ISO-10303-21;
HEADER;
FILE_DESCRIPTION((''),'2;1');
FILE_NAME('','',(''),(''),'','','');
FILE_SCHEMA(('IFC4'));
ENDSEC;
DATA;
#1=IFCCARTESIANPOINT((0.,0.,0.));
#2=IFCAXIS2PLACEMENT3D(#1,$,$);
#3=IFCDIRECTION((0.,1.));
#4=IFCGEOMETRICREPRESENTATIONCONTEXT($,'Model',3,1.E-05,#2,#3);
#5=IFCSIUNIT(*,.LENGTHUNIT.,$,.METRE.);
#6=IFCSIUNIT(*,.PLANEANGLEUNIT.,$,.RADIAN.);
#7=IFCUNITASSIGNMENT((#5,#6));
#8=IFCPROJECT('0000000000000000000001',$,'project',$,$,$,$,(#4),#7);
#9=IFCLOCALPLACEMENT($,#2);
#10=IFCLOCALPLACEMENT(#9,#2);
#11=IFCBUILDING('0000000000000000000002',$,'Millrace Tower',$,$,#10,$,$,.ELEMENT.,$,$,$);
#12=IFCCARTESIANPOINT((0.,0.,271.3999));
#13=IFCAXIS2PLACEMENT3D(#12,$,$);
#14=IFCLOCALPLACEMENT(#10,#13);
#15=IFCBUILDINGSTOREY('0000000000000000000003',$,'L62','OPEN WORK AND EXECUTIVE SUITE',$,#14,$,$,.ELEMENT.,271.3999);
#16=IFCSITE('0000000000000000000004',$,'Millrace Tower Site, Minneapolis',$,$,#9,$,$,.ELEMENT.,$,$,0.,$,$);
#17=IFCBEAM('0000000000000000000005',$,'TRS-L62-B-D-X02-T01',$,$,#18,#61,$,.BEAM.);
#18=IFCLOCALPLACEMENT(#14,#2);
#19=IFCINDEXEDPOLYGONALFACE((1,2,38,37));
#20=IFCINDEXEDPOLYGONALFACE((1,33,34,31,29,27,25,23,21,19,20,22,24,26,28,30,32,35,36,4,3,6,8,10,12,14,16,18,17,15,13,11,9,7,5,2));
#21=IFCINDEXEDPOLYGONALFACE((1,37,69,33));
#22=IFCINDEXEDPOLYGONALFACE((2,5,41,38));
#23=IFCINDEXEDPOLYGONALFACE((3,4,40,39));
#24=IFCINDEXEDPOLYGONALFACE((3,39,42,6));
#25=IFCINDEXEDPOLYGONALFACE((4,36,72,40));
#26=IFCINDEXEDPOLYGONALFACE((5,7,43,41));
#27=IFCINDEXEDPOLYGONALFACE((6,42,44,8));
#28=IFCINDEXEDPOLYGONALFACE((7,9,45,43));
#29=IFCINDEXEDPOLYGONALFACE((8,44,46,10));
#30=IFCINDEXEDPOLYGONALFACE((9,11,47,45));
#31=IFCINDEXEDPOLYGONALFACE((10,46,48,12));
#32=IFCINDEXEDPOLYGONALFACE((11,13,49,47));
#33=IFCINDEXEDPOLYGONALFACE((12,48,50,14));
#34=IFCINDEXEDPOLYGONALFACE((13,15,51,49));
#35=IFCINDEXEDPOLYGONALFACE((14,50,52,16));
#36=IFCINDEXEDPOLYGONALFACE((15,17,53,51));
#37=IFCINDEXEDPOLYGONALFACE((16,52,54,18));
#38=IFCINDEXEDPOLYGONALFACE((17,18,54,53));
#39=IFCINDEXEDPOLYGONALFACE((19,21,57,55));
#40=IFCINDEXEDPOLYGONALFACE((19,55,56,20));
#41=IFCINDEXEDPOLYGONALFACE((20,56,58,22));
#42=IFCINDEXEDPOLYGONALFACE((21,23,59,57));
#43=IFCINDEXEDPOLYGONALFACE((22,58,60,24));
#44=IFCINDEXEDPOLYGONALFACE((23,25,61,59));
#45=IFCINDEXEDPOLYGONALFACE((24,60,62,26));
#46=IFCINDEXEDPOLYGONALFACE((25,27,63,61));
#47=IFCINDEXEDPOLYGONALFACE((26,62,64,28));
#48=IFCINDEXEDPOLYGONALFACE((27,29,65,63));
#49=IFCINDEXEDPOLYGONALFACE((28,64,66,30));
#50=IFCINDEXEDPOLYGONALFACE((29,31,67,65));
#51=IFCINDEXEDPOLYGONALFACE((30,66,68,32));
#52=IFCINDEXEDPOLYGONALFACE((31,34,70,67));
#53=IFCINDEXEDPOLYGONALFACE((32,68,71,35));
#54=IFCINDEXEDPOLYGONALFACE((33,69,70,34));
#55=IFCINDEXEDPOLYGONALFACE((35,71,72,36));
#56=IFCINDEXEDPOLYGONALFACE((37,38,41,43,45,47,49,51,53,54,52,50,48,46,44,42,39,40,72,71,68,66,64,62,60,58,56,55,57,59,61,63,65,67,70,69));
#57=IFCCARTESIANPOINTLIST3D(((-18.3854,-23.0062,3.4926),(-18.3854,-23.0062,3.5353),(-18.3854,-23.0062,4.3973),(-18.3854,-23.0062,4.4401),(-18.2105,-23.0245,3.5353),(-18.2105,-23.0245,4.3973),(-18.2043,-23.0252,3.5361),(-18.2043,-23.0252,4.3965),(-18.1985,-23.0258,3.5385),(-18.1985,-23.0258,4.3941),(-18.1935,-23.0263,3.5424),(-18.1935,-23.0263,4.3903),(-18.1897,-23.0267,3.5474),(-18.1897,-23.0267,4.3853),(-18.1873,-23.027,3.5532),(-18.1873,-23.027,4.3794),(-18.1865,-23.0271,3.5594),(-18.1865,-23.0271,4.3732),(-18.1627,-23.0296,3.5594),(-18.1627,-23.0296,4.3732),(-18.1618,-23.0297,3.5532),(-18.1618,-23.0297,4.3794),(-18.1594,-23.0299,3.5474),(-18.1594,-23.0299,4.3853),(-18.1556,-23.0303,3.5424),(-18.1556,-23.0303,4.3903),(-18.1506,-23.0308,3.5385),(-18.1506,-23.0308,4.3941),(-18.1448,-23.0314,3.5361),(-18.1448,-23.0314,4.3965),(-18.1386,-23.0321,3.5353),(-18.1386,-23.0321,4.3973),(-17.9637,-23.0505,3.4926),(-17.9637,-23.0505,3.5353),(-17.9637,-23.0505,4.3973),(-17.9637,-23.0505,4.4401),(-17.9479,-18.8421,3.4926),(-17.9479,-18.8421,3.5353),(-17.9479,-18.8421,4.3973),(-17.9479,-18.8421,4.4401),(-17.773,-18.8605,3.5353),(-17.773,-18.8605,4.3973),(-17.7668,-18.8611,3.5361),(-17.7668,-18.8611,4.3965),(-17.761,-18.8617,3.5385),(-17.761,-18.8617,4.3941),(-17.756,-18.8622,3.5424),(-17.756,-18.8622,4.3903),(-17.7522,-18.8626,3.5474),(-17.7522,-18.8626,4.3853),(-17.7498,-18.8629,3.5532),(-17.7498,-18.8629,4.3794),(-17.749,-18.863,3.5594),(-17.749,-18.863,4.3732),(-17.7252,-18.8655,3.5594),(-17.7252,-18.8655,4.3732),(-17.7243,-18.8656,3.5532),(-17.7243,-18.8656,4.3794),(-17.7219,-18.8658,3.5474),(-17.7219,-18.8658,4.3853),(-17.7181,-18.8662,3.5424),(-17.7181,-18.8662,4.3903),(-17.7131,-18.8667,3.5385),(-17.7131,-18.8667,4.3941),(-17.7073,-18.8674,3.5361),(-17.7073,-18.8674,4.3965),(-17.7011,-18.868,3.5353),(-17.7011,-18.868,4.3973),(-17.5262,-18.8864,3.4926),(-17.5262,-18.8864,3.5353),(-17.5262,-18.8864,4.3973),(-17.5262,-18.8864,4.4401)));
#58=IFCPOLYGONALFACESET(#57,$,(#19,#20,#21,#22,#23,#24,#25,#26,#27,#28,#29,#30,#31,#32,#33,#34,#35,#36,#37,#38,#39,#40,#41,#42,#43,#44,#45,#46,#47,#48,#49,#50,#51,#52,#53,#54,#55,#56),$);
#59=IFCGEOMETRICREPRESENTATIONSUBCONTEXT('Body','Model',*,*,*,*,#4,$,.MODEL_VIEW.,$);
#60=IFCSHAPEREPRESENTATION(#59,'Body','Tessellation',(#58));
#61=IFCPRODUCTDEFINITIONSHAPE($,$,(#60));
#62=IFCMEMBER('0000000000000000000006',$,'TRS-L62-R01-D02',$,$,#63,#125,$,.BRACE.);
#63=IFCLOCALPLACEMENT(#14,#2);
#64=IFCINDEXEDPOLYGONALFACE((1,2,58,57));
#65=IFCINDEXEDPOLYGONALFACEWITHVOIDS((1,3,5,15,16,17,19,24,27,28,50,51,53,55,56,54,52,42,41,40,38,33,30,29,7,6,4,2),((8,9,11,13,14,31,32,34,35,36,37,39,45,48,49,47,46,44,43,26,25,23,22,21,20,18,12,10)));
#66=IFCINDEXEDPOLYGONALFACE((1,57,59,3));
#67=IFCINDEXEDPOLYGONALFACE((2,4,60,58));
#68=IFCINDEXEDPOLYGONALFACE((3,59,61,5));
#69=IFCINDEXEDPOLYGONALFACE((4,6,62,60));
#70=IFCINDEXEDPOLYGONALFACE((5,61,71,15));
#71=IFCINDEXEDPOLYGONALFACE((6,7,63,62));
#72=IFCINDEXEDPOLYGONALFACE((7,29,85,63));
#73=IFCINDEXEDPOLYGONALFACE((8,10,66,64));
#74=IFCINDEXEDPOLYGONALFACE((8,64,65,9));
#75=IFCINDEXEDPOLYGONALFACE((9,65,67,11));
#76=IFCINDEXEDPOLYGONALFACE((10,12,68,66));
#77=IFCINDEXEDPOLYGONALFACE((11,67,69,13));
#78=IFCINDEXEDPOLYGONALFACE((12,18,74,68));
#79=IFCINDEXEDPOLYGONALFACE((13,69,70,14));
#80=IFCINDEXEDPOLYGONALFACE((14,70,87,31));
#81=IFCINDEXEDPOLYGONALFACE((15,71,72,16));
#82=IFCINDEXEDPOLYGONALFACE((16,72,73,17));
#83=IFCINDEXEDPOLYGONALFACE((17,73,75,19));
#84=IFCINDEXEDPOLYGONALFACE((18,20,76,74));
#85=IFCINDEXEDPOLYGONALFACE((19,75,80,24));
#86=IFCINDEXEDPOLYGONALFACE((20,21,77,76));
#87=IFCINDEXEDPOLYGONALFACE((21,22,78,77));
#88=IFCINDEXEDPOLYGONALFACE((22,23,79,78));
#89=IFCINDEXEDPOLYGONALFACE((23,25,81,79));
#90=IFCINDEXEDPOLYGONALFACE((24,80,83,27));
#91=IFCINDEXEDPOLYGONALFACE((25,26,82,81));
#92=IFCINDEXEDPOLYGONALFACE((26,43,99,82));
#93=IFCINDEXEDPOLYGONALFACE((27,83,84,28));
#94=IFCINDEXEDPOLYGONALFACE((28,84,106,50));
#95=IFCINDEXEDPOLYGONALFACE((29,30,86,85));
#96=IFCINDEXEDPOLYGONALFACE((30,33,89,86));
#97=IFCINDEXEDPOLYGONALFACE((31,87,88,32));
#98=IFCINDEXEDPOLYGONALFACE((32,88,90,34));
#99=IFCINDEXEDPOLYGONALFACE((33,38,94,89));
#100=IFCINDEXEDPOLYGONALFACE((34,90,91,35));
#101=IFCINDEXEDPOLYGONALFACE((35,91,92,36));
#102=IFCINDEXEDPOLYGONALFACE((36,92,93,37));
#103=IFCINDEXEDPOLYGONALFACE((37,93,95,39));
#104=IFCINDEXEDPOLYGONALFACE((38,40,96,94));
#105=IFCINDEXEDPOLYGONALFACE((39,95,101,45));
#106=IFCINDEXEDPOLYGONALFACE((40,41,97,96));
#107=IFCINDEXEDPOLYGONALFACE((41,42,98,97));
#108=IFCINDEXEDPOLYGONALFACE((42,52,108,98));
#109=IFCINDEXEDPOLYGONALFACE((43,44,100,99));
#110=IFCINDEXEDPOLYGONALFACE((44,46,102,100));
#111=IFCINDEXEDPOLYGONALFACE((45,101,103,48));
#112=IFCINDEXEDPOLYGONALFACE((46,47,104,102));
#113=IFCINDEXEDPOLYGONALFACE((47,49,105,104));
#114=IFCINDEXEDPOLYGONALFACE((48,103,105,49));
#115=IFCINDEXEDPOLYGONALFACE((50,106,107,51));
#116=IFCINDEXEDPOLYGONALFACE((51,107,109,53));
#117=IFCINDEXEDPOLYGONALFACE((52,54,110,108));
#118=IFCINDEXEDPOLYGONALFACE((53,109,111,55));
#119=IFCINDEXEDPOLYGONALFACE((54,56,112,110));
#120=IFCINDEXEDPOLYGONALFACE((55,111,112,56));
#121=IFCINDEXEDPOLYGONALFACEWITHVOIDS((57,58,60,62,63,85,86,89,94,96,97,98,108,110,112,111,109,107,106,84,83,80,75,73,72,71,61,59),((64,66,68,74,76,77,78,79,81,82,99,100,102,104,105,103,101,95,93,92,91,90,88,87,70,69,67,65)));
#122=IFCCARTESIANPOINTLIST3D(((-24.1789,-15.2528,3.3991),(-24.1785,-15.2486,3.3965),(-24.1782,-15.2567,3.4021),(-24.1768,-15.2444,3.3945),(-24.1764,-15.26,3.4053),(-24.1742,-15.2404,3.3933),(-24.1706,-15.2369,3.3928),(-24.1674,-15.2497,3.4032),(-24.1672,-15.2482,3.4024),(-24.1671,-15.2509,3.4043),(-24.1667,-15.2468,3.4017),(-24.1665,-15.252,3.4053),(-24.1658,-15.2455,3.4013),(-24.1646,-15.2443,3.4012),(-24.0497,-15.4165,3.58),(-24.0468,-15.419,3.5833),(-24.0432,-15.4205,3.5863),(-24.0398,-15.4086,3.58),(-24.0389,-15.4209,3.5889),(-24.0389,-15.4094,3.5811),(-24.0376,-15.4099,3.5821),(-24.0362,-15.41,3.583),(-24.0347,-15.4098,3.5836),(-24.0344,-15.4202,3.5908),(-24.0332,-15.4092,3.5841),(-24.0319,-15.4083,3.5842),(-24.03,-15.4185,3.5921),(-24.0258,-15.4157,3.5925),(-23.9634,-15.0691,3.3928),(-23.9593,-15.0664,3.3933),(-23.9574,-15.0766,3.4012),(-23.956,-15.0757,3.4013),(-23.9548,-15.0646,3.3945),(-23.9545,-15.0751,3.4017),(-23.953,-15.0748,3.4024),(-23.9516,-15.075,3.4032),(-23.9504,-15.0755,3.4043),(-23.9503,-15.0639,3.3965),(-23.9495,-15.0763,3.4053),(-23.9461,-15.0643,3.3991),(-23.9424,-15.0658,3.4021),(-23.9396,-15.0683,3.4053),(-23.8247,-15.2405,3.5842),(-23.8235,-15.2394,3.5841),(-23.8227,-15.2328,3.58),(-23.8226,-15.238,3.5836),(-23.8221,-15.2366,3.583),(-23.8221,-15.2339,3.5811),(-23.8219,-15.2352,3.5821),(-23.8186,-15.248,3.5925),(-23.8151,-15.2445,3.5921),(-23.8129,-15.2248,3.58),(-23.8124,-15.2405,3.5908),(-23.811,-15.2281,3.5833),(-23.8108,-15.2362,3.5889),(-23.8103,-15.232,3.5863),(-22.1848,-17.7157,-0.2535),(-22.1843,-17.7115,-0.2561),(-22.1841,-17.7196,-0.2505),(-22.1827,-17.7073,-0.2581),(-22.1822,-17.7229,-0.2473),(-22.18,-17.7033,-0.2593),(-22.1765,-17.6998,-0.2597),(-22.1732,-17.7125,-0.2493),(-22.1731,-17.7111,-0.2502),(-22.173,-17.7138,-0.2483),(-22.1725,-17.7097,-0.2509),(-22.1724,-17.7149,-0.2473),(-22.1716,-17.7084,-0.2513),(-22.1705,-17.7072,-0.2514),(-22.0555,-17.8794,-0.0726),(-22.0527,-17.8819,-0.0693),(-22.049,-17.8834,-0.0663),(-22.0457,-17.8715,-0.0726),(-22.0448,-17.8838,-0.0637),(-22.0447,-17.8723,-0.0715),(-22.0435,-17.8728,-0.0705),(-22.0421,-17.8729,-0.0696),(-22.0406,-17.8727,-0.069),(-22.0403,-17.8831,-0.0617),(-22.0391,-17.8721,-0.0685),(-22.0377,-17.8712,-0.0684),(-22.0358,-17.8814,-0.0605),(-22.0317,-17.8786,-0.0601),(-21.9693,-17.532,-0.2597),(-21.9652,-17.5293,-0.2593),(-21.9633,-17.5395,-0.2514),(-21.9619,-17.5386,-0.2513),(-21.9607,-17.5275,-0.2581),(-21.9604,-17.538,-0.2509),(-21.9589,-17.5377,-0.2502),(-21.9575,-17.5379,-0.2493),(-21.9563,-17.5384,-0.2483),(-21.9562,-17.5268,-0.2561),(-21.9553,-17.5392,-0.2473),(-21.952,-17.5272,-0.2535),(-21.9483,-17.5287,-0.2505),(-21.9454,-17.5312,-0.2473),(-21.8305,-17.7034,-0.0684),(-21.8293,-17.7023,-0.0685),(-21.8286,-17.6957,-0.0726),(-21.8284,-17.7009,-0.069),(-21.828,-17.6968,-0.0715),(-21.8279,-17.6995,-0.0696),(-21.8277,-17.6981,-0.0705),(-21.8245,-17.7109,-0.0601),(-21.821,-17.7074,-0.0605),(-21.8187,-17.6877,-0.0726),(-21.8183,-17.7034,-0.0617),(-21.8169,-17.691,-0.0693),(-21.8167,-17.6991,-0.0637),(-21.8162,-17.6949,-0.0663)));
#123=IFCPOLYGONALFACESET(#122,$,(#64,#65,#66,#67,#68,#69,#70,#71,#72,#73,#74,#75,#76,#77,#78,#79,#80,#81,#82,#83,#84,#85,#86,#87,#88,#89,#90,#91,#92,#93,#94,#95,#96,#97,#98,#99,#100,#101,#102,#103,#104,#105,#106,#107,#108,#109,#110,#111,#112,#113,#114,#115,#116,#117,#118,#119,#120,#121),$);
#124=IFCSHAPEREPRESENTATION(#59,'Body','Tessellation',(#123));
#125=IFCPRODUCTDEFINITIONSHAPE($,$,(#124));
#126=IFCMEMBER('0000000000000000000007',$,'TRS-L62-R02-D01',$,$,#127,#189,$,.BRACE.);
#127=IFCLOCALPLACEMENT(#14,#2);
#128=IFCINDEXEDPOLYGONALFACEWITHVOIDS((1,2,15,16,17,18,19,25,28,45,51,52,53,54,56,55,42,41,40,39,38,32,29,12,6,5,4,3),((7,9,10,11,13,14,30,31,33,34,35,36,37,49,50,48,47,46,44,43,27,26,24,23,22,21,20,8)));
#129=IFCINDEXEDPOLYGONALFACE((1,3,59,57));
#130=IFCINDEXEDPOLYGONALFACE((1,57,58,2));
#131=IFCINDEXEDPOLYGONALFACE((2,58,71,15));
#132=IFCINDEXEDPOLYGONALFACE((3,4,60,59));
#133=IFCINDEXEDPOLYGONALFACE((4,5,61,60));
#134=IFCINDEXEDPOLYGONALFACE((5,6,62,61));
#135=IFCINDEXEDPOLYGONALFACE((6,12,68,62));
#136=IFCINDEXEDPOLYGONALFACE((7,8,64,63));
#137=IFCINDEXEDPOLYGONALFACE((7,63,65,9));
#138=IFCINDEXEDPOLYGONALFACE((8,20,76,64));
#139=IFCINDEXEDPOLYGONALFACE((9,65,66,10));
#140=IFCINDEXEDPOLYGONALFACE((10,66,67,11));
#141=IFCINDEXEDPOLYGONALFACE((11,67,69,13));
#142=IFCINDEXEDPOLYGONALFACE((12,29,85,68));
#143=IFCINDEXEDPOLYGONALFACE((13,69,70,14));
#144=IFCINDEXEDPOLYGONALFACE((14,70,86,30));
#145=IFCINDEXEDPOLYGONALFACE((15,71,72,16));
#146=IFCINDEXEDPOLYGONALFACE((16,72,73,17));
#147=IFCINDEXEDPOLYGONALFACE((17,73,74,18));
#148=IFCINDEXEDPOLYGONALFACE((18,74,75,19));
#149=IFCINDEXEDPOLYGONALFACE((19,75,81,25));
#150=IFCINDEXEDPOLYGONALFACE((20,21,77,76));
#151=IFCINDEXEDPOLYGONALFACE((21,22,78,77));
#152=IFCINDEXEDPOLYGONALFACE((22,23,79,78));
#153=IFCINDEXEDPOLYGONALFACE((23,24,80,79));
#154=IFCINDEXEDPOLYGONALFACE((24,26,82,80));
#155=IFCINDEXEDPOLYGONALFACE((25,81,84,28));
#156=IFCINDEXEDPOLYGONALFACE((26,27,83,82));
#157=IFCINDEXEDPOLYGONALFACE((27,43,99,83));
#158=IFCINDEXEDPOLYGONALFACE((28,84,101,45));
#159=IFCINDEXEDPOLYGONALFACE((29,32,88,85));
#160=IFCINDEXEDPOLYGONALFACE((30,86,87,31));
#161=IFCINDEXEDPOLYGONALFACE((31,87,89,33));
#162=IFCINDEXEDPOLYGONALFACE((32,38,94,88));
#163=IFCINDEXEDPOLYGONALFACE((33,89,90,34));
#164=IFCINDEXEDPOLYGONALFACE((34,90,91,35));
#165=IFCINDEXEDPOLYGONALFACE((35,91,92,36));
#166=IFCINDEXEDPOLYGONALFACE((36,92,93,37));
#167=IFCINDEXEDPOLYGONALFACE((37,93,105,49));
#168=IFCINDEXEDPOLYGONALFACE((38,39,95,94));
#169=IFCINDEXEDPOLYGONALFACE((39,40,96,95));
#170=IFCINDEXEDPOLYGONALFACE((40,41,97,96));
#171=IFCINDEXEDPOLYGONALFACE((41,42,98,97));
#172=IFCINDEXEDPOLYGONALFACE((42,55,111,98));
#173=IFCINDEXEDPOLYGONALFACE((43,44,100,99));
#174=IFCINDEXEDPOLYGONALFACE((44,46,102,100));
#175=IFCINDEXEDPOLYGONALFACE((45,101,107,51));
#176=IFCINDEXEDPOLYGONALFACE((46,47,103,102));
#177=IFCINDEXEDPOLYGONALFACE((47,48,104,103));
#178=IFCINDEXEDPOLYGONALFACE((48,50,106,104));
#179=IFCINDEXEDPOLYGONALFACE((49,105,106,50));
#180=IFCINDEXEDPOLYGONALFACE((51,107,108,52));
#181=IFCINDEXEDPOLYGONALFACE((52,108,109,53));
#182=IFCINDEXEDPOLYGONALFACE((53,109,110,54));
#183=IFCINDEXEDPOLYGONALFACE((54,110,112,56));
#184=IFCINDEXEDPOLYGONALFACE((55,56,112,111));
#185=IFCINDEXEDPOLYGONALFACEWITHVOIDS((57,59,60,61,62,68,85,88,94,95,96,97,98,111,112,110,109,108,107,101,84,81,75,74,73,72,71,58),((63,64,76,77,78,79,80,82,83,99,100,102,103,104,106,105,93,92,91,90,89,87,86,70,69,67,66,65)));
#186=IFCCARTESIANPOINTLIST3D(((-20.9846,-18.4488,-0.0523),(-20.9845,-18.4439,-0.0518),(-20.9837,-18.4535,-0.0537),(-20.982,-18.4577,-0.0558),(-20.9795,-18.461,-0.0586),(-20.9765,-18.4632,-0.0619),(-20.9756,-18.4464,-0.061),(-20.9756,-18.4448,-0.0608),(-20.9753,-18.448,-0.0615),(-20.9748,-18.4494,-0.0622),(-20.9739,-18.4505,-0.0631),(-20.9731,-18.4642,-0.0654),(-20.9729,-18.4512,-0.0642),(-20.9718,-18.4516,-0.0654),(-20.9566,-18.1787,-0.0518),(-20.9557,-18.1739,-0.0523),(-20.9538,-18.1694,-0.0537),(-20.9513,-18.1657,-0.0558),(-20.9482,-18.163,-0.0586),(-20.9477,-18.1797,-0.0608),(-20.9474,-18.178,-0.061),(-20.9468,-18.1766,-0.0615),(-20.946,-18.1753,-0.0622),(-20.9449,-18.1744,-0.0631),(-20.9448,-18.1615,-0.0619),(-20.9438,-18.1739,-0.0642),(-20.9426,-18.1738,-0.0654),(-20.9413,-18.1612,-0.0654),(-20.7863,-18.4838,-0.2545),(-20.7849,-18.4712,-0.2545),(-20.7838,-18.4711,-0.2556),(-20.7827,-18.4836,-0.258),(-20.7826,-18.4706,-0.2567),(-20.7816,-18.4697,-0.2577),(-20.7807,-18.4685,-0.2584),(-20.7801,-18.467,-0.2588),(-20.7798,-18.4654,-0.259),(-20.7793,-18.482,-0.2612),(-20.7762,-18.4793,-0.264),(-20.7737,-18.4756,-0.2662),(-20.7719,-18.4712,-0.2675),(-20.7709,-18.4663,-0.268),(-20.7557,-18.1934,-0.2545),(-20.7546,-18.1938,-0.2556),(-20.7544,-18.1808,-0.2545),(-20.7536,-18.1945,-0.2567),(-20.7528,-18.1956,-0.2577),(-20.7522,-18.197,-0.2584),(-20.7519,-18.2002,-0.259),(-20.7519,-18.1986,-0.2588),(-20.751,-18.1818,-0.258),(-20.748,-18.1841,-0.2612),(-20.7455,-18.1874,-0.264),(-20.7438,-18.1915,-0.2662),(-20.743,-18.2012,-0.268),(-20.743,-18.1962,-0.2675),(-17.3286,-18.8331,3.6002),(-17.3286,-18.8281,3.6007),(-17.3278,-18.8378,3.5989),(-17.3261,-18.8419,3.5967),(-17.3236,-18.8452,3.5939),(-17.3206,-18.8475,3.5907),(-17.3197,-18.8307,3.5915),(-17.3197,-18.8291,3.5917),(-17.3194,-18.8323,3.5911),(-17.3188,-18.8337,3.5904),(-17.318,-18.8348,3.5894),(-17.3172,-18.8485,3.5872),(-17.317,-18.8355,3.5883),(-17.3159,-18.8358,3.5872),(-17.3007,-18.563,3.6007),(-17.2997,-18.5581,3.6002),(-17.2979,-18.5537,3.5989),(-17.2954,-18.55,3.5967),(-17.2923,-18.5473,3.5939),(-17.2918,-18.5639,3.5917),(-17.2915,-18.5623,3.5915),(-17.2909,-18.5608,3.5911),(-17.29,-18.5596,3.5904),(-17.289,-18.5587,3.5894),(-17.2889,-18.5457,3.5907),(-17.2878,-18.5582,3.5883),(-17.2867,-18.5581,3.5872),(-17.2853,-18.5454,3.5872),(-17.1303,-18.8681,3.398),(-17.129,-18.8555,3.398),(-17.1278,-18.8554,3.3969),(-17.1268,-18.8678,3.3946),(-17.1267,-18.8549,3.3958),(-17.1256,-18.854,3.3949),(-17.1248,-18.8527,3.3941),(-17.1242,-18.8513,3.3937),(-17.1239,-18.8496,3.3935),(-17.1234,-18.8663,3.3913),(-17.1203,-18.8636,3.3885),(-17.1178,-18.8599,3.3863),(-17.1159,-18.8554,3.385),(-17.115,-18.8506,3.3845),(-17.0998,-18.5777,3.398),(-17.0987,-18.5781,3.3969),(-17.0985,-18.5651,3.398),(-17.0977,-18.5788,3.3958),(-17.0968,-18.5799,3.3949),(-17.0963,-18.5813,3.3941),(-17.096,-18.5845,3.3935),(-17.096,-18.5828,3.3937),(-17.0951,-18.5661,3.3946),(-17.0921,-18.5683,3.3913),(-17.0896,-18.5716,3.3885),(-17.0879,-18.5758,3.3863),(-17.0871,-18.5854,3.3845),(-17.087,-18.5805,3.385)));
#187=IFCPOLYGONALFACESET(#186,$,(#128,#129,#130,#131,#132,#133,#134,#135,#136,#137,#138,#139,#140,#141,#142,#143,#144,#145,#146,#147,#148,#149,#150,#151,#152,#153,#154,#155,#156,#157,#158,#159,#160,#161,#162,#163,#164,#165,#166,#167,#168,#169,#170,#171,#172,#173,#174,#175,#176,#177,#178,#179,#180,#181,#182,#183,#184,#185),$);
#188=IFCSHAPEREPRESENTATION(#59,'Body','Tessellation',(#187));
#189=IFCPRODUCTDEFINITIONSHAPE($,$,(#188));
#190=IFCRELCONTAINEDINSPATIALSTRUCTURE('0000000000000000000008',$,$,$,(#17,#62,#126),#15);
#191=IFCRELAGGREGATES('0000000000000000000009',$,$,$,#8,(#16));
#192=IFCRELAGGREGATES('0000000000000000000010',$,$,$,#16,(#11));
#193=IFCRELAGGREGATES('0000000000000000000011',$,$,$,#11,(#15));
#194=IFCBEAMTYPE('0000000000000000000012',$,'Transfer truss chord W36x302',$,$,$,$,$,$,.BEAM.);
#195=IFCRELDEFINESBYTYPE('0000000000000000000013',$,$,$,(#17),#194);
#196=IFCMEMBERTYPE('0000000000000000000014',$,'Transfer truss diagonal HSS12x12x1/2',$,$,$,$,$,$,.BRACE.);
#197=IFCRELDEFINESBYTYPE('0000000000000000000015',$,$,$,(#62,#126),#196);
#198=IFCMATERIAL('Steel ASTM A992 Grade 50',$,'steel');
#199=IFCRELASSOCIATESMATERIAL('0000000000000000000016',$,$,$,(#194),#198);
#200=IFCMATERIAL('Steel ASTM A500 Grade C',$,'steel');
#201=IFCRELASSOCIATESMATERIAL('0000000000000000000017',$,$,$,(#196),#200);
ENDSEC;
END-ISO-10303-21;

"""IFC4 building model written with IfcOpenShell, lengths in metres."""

from ifc_helpers import new_model, si_unit, direction, frame, origin, origin_2d, place, context, subcontext, project, spatial, hollow_rectangle, i_section, extrude, material, material_profile, profile_set, type_object, element, save


model = new_model("IFC4")

# Units and contexts
model_context = context("Model", 3, precision=1e-05, world=origin(), true_north=direction((0.0, 1.0)))
body_context = subcontext(model_context, "Body", "Model", "MODEL_VIEW")
ifc_project = project(units=[si_unit("LENGTHUNIT", "METRE"), si_unit("PLANEANGLEUNIT", "RADIAN")], contexts=[model_context])

# Site, building, storey
site_placement = place(None, origin())
site = spatial("IfcSite", under=ifc_project, at=site_placement, Name="Millrace Tower Site, Minneapolis", CompositionType="ELEMENT", RefElevation=0.0)
building_placement = place(site_placement, origin())
building = spatial("IfcBuilding", under=site, at=building_placement, Name="Millrace Tower", CompositionType="ELEMENT")
storey_placement = place(building_placement, frame((0.0, 0.0, 271.3999)))
storey = spatial("IfcBuildingStorey", under=building, at=storey_placement, Name="L62", Description="OPEN WORK AND EXECUTIVE SUITE", CompositionType="ELEMENT", Elevation=271.3999)

# Beam
ifc_material_1 = material(Name="Steel ASTM A992 Grade 50", Category="steel")
ifc_material_profile_1 = material_profile(ifc_material_1, i_section(OverallWidth=0.4241, OverallDepth=0.9475, WebThickness=0.0239, FlangeThickness=0.0427, FilletRadius=0.0242, at=origin_2d()))
ifc_profile_set_1 = profile_set([ifc_material_profile_1], Name="Steel ASTM A992 Grade 50")
beam_type = type_object("IfcBeamType", Name="Transfer truss chord W36x302", PredefinedType="BEAM", material=ifc_profile_set_1)
for number, where, z_axis, x_axis, name in (
    (1, (-18.1746, -23.0283, 3.9663), (0.104491, 0.994526, 0.0), (-0.994526, 0.104491, 0.0), "TRS-L62-B-D-X02-T01"),
):
    element("IfcBeam", number, at=place(storey_placement, frame(where, z_axis=z_axis, x_axis=x_axis)), inside=storey, type_object=beam_type, Name=name, PredefinedType="BEAM", context=body_context, shape_type="SweptSolid", body=[
        extrude(i_section(OverallWidth=0.4241, OverallDepth=0.9475, WebThickness=0.0239, FlangeThickness=0.0427, FilletRadius=0.0242, at=origin_2d()), origin(), (0.0, 0.0, 1.0), 4.187),
    ])

# Members
ifc_material_2 = material(Name="Steel ASTM A500 Grade C", Category="steel")
ifc_material_profile_2 = material_profile(ifc_material_2, hollow_rectangle(XDim=0.3047, YDim=0.3047, WallThickness=0.0127, InnerFilletRadius=0.0063, OuterFilletRadius=0.019, at=origin_2d()))
ifc_profile_set_2 = profile_set([ifc_material_profile_2], Name="Steel ASTM A500 Grade C")
member_type_1 = type_object("IfcMemberType", Name="Transfer truss diagonal HSS12x12x1/2", PredefinedType="BRACE", material=ifc_profile_set_2)
member_1_placement = place(storey_placement, frame((-22.0005, -17.7053, -0.1599), z_axis=(-0.41238, 0.509316, 0.755341), x_axis=(-0.777187, -0.629269, 0.0)))
element("IfcMember", 2, at=member_1_placement, inside=storey, type_object=member_type_1, Name="TRS-L62-R01-D02", PredefinedType="BRACE", context=body_context, shape_type="SweptSolid", body=[
    extrude(hollow_rectangle(XDim=0.3047, YDim=0.3047, WallThickness=0.0127, InnerFilletRadius=0.0063, OuterFilletRadius=0.019, at=origin_2d()), origin(), (0.0, 0.0, 1.0), 4.8357),
])
member_2_placement = place(storey_placement, frame((-20.8638, -18.3225, -0.1599), z_axis=(0.70549, -0.074153, 0.70483), x_axis=(0.104533, 0.994521, 0.0)))
element("IfcMember", 3, at=member_2_placement, inside=storey, type_object=member_type_1, Name="TRS-L62-R02-D01", PredefinedType="BRACE", context=body_context, shape_type="SweptSolid", body=[
    extrude(hollow_rectangle(XDim=0.3047, YDim=0.3047, WallThickness=0.0127, InnerFilletRadius=0.0063, OuterFilletRadius=0.019, at=origin_2d()), origin(), (0.0, 0.0, 1.0), 5.1821),
])

save(model, "model.ifc")
